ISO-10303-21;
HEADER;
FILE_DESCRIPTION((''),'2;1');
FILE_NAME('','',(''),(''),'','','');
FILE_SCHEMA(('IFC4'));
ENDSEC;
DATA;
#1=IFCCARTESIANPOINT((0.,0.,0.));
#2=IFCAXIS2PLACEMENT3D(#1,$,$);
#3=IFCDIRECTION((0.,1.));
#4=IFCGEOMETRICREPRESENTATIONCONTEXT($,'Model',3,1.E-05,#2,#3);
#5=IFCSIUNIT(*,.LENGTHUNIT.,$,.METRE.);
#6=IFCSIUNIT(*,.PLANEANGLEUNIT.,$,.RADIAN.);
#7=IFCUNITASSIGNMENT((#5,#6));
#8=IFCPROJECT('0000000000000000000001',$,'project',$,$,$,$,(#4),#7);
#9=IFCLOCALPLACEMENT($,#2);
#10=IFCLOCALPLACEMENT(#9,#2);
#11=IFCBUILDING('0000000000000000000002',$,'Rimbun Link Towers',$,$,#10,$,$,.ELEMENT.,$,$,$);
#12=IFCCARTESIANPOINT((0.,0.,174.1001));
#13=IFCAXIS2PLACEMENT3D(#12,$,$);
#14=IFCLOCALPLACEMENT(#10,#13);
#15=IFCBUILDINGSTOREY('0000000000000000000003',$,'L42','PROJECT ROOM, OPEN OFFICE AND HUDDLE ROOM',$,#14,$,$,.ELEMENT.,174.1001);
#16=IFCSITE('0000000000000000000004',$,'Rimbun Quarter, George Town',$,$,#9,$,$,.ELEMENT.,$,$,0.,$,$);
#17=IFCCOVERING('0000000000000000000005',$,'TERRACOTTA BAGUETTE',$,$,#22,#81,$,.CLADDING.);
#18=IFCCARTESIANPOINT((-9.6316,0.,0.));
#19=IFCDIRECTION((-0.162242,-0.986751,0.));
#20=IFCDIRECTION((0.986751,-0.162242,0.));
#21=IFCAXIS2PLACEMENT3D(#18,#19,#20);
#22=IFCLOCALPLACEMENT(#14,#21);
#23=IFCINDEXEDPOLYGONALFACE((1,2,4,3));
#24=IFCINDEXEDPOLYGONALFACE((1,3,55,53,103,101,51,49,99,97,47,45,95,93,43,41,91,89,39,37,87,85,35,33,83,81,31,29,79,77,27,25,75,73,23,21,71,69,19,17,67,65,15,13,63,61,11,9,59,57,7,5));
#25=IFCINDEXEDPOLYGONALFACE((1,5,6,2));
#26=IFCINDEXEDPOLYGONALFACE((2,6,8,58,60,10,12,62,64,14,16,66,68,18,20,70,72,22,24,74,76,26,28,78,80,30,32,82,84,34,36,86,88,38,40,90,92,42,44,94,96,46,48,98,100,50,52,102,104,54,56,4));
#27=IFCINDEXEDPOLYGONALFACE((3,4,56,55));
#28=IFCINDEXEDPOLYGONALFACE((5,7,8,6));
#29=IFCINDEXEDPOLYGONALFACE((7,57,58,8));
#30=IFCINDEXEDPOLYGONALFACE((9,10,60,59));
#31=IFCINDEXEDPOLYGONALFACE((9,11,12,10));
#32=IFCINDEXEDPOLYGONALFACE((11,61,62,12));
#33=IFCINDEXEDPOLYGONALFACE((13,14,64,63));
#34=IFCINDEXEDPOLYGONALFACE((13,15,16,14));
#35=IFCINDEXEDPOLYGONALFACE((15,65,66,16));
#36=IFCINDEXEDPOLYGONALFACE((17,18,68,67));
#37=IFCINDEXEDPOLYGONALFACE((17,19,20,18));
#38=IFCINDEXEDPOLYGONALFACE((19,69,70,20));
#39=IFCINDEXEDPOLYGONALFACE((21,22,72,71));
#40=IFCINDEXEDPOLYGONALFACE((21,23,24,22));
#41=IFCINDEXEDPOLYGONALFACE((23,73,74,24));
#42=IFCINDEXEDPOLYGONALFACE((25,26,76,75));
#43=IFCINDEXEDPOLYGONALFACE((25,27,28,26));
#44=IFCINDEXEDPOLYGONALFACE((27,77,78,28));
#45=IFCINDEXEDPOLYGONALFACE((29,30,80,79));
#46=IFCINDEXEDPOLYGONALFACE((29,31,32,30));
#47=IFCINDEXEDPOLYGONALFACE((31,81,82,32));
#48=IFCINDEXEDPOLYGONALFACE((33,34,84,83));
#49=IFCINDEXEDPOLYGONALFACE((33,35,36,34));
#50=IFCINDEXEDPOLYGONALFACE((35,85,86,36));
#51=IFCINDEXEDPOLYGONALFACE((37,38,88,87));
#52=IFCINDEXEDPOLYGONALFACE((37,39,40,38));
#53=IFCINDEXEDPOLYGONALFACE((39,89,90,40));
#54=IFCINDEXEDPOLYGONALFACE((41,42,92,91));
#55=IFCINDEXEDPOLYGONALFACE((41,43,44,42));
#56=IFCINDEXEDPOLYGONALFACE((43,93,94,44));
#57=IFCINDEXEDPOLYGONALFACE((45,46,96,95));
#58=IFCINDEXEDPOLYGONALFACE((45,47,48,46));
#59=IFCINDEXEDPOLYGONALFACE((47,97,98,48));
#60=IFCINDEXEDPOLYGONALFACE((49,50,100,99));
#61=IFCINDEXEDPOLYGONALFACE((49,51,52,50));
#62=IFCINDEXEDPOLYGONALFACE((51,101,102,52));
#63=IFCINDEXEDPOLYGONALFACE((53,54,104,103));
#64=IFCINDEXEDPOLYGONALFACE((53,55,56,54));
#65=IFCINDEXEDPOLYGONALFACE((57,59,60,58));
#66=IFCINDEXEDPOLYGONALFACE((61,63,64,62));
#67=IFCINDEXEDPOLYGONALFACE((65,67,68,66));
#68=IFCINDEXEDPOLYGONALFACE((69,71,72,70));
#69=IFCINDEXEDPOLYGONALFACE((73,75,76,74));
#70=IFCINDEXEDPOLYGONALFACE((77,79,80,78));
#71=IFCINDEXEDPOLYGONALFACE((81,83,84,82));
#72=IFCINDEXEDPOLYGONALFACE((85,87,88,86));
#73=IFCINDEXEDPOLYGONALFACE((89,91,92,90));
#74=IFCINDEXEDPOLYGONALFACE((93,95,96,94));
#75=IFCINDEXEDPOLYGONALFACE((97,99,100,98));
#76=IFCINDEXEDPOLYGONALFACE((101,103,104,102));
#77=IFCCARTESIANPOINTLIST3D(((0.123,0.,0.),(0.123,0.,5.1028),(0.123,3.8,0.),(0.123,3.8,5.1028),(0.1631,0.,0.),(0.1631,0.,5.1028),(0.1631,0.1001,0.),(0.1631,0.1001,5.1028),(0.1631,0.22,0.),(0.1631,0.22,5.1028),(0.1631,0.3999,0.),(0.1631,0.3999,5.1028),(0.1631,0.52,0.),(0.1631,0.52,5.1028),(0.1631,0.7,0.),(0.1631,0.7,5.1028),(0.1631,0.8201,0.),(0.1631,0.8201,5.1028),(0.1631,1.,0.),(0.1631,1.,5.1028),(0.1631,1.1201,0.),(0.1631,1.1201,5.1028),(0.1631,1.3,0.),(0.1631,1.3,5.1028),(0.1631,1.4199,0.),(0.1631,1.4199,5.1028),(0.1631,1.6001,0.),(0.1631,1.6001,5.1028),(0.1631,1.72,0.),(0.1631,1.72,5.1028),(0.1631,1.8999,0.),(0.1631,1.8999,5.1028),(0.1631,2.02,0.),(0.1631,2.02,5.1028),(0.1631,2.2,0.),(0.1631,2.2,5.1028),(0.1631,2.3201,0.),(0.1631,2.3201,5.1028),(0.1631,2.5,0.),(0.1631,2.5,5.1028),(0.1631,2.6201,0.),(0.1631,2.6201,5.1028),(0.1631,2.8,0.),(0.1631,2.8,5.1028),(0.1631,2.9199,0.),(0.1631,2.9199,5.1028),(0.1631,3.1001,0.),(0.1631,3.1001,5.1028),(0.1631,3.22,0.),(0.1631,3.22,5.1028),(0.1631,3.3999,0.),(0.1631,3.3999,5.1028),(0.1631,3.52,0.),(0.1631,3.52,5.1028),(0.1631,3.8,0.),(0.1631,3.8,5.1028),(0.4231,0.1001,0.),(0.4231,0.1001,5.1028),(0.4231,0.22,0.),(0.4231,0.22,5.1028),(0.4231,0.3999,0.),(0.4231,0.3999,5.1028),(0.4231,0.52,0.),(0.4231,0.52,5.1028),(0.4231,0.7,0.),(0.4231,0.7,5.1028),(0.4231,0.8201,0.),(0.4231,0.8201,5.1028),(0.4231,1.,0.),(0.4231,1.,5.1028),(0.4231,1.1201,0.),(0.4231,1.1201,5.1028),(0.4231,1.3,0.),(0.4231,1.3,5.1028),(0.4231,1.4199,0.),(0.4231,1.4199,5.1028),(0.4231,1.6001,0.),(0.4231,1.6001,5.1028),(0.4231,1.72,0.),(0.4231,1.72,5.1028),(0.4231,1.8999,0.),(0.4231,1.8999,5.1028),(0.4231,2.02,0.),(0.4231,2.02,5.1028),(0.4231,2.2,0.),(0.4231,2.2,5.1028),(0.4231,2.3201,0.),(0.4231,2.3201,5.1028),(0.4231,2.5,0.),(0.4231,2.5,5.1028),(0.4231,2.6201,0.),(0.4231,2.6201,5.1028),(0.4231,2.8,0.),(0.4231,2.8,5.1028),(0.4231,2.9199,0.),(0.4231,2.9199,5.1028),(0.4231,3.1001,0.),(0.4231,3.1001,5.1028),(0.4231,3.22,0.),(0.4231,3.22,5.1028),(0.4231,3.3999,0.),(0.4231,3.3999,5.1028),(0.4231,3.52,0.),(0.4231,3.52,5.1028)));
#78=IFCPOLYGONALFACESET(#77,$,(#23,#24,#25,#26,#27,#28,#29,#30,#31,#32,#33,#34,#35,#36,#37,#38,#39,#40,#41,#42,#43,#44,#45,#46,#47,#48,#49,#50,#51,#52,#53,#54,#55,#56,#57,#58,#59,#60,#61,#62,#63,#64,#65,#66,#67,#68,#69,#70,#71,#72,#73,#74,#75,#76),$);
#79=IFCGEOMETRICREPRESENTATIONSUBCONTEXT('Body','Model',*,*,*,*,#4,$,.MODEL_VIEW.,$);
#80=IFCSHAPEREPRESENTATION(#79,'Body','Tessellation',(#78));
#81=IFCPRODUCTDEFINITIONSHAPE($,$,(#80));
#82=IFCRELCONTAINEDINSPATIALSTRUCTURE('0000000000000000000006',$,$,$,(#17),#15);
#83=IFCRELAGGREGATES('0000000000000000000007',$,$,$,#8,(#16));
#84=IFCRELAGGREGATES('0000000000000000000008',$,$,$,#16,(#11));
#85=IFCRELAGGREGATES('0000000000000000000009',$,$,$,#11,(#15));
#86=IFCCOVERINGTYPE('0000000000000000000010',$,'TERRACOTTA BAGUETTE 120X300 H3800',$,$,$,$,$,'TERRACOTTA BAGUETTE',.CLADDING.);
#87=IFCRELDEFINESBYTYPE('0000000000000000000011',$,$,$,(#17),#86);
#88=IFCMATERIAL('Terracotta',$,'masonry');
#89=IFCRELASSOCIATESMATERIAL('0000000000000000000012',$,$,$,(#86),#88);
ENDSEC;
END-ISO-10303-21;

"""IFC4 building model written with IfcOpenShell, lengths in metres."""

from ifc_helpers import new_model, si_unit, direction, frame, origin, place, context, subcontext, project, spatial, polyline, outline, extrude, material, material_profile, profile_set, type_object, element, save


model = new_model("IFC4")

# Units and contexts
model_context = context("Model", 3, precision=1e-05, world=origin(), true_north=direction((0.0, 1.0)))
body_context = subcontext(model_context, "Body", "Model", "MODEL_VIEW")
ifc_project = project(units=[si_unit("LENGTHUNIT", "METRE"), si_unit("PLANEANGLEUNIT", "RADIAN")], contexts=[model_context])

# Site, building, storey
site_placement = place(None, origin())
site = spatial("IfcSite", under=ifc_project, at=site_placement, Name="Rimbun Quarter, George Town", CompositionType="ELEMENT", RefElevation=0.0)
building_placement = place(site_placement, origin())
building = spatial("IfcBuilding", under=site, at=building_placement, Name="Rimbun Link Towers", CompositionType="ELEMENT")
storey_placement = place(building_placement, frame((0.0, 0.0, 174.1001)))
storey = spatial("IfcBuildingStorey", under=building, at=storey_placement, Name="L42", Description="PROJECT ROOM, OPEN OFFICE AND HUDDLE ROOM", CompositionType="ELEMENT", Elevation=174.1001)

# Covering
ifc_material_1 = material(Name="Terracotta", Category="masonry")
ifc_material_profile_1 = material_profile(ifc_material_1, outline(polyline([(0.123, 0.0), (0.1631, 0.0), (0.1631, 0.1001), (0.4231, 0.1001), (0.4231, 0.22), (0.1631, 0.22), (0.1631, 0.3999), (0.4231, 0.3999), (0.4231, 0.52), (0.1631, 0.52), (0.1631, 0.7), (0.4231, 0.7), (0.4231, 0.8201), (0.1631, 0.8201), (0.1631, 1.0), (0.4231, 1.0), (0.4231, 1.1201), (0.1631, 1.1201), (0.1631, 1.3), (0.4231, 1.3), (0.4231, 1.4199), (0.1631, 1.4199), (0.1631, 1.6001), (0.4231, 1.6001), (0.4231, 1.72), (0.1631, 1.72), (0.1631, 1.8999), (0.4231, 1.8999), (0.4231, 2.02), (0.1631, 2.02), (0.1631, 2.2), (0.4231, 2.2), (0.4231, 2.3201), (0.1631, 2.3201), (0.1631, 2.5), (0.4231, 2.5), (0.4231, 2.6201), (0.1631, 2.6201), (0.1631, 2.8), (0.4231, 2.8), (0.4231, 2.9199), (0.1631, 2.9199), (0.1631, 3.1001), (0.4231, 3.1001), (0.4231, 3.22), (0.1631, 3.22), (0.1631, 3.3999), (0.4231, 3.3999), (0.4231, 3.52), (0.1631, 3.52), (0.1631, 3.8), (0.123, 3.8), (0.123, 0.0)])), Name="BAGUETTE 120X300")
ifc_profile_set_1 = profile_set([ifc_material_profile_1], Name="Terracotta")
covering_type = type_object("IfcCoveringType", Name="TERRACOTTA BAGUETTE 120X300 H3800", ElementType="TERRACOTTA BAGUETTE", PredefinedType="CLADDING", material=ifc_profile_set_1)
covering_1_placement = place(storey_placement, frame((-9.6316, 0.0, 0.0), z_axis=(-0.162242, -0.986751, 0.0), x_axis=(0.986751, -0.162242, 0.0)))
element("IfcCovering", 1, at=covering_1_placement, inside=storey, type_object=covering_type, Name="TERRACOTTA BAGUETTE", PredefinedType="CLADDING", context=body_context, shape_type="SweptSolid", body=[
    extrude(outline(polyline([(0.123, 0.0), (0.1631, 0.0), (0.1631, 0.1001), (0.4231, 0.1001), (0.4231, 0.22), (0.1631, 0.22), (0.1631, 0.3999), (0.4231, 0.3999), (0.4231, 0.52), (0.1631, 0.52), (0.1631, 0.7), (0.4231, 0.7), (0.4231, 0.8201), (0.1631, 0.8201), (0.1631, 1.0), (0.4231, 1.0), (0.4231, 1.1201), (0.1631, 1.1201), (0.1631, 1.3), (0.4231, 1.3), (0.4231, 1.4199), (0.1631, 1.4199), (0.1631, 1.6001), (0.4231, 1.6001), (0.4231, 1.72), (0.1631, 1.72), (0.1631, 1.8999), (0.4231, 1.8999), (0.4231, 2.02), (0.1631, 2.02), (0.1631, 2.2), (0.4231, 2.2), (0.4231, 2.3201), (0.1631, 2.3201), (0.1631, 2.5), (0.4231, 2.5), (0.4231, 2.6201), (0.1631, 2.6201), (0.1631, 2.8), (0.4231, 2.8), (0.4231, 2.9199), (0.1631, 2.9199), (0.1631, 3.1001), (0.4231, 3.1001), (0.4231, 3.22), (0.1631, 3.22), (0.1631, 3.3999), (0.4231, 3.3999), (0.4231, 3.52), (0.1631, 3.52), (0.1631, 3.8), (0.123, 3.8), (0.123, 0.0)])), origin(), (0.0, 0.0, 1.0), 5.1028),
])

save(model, "model.ifc")
